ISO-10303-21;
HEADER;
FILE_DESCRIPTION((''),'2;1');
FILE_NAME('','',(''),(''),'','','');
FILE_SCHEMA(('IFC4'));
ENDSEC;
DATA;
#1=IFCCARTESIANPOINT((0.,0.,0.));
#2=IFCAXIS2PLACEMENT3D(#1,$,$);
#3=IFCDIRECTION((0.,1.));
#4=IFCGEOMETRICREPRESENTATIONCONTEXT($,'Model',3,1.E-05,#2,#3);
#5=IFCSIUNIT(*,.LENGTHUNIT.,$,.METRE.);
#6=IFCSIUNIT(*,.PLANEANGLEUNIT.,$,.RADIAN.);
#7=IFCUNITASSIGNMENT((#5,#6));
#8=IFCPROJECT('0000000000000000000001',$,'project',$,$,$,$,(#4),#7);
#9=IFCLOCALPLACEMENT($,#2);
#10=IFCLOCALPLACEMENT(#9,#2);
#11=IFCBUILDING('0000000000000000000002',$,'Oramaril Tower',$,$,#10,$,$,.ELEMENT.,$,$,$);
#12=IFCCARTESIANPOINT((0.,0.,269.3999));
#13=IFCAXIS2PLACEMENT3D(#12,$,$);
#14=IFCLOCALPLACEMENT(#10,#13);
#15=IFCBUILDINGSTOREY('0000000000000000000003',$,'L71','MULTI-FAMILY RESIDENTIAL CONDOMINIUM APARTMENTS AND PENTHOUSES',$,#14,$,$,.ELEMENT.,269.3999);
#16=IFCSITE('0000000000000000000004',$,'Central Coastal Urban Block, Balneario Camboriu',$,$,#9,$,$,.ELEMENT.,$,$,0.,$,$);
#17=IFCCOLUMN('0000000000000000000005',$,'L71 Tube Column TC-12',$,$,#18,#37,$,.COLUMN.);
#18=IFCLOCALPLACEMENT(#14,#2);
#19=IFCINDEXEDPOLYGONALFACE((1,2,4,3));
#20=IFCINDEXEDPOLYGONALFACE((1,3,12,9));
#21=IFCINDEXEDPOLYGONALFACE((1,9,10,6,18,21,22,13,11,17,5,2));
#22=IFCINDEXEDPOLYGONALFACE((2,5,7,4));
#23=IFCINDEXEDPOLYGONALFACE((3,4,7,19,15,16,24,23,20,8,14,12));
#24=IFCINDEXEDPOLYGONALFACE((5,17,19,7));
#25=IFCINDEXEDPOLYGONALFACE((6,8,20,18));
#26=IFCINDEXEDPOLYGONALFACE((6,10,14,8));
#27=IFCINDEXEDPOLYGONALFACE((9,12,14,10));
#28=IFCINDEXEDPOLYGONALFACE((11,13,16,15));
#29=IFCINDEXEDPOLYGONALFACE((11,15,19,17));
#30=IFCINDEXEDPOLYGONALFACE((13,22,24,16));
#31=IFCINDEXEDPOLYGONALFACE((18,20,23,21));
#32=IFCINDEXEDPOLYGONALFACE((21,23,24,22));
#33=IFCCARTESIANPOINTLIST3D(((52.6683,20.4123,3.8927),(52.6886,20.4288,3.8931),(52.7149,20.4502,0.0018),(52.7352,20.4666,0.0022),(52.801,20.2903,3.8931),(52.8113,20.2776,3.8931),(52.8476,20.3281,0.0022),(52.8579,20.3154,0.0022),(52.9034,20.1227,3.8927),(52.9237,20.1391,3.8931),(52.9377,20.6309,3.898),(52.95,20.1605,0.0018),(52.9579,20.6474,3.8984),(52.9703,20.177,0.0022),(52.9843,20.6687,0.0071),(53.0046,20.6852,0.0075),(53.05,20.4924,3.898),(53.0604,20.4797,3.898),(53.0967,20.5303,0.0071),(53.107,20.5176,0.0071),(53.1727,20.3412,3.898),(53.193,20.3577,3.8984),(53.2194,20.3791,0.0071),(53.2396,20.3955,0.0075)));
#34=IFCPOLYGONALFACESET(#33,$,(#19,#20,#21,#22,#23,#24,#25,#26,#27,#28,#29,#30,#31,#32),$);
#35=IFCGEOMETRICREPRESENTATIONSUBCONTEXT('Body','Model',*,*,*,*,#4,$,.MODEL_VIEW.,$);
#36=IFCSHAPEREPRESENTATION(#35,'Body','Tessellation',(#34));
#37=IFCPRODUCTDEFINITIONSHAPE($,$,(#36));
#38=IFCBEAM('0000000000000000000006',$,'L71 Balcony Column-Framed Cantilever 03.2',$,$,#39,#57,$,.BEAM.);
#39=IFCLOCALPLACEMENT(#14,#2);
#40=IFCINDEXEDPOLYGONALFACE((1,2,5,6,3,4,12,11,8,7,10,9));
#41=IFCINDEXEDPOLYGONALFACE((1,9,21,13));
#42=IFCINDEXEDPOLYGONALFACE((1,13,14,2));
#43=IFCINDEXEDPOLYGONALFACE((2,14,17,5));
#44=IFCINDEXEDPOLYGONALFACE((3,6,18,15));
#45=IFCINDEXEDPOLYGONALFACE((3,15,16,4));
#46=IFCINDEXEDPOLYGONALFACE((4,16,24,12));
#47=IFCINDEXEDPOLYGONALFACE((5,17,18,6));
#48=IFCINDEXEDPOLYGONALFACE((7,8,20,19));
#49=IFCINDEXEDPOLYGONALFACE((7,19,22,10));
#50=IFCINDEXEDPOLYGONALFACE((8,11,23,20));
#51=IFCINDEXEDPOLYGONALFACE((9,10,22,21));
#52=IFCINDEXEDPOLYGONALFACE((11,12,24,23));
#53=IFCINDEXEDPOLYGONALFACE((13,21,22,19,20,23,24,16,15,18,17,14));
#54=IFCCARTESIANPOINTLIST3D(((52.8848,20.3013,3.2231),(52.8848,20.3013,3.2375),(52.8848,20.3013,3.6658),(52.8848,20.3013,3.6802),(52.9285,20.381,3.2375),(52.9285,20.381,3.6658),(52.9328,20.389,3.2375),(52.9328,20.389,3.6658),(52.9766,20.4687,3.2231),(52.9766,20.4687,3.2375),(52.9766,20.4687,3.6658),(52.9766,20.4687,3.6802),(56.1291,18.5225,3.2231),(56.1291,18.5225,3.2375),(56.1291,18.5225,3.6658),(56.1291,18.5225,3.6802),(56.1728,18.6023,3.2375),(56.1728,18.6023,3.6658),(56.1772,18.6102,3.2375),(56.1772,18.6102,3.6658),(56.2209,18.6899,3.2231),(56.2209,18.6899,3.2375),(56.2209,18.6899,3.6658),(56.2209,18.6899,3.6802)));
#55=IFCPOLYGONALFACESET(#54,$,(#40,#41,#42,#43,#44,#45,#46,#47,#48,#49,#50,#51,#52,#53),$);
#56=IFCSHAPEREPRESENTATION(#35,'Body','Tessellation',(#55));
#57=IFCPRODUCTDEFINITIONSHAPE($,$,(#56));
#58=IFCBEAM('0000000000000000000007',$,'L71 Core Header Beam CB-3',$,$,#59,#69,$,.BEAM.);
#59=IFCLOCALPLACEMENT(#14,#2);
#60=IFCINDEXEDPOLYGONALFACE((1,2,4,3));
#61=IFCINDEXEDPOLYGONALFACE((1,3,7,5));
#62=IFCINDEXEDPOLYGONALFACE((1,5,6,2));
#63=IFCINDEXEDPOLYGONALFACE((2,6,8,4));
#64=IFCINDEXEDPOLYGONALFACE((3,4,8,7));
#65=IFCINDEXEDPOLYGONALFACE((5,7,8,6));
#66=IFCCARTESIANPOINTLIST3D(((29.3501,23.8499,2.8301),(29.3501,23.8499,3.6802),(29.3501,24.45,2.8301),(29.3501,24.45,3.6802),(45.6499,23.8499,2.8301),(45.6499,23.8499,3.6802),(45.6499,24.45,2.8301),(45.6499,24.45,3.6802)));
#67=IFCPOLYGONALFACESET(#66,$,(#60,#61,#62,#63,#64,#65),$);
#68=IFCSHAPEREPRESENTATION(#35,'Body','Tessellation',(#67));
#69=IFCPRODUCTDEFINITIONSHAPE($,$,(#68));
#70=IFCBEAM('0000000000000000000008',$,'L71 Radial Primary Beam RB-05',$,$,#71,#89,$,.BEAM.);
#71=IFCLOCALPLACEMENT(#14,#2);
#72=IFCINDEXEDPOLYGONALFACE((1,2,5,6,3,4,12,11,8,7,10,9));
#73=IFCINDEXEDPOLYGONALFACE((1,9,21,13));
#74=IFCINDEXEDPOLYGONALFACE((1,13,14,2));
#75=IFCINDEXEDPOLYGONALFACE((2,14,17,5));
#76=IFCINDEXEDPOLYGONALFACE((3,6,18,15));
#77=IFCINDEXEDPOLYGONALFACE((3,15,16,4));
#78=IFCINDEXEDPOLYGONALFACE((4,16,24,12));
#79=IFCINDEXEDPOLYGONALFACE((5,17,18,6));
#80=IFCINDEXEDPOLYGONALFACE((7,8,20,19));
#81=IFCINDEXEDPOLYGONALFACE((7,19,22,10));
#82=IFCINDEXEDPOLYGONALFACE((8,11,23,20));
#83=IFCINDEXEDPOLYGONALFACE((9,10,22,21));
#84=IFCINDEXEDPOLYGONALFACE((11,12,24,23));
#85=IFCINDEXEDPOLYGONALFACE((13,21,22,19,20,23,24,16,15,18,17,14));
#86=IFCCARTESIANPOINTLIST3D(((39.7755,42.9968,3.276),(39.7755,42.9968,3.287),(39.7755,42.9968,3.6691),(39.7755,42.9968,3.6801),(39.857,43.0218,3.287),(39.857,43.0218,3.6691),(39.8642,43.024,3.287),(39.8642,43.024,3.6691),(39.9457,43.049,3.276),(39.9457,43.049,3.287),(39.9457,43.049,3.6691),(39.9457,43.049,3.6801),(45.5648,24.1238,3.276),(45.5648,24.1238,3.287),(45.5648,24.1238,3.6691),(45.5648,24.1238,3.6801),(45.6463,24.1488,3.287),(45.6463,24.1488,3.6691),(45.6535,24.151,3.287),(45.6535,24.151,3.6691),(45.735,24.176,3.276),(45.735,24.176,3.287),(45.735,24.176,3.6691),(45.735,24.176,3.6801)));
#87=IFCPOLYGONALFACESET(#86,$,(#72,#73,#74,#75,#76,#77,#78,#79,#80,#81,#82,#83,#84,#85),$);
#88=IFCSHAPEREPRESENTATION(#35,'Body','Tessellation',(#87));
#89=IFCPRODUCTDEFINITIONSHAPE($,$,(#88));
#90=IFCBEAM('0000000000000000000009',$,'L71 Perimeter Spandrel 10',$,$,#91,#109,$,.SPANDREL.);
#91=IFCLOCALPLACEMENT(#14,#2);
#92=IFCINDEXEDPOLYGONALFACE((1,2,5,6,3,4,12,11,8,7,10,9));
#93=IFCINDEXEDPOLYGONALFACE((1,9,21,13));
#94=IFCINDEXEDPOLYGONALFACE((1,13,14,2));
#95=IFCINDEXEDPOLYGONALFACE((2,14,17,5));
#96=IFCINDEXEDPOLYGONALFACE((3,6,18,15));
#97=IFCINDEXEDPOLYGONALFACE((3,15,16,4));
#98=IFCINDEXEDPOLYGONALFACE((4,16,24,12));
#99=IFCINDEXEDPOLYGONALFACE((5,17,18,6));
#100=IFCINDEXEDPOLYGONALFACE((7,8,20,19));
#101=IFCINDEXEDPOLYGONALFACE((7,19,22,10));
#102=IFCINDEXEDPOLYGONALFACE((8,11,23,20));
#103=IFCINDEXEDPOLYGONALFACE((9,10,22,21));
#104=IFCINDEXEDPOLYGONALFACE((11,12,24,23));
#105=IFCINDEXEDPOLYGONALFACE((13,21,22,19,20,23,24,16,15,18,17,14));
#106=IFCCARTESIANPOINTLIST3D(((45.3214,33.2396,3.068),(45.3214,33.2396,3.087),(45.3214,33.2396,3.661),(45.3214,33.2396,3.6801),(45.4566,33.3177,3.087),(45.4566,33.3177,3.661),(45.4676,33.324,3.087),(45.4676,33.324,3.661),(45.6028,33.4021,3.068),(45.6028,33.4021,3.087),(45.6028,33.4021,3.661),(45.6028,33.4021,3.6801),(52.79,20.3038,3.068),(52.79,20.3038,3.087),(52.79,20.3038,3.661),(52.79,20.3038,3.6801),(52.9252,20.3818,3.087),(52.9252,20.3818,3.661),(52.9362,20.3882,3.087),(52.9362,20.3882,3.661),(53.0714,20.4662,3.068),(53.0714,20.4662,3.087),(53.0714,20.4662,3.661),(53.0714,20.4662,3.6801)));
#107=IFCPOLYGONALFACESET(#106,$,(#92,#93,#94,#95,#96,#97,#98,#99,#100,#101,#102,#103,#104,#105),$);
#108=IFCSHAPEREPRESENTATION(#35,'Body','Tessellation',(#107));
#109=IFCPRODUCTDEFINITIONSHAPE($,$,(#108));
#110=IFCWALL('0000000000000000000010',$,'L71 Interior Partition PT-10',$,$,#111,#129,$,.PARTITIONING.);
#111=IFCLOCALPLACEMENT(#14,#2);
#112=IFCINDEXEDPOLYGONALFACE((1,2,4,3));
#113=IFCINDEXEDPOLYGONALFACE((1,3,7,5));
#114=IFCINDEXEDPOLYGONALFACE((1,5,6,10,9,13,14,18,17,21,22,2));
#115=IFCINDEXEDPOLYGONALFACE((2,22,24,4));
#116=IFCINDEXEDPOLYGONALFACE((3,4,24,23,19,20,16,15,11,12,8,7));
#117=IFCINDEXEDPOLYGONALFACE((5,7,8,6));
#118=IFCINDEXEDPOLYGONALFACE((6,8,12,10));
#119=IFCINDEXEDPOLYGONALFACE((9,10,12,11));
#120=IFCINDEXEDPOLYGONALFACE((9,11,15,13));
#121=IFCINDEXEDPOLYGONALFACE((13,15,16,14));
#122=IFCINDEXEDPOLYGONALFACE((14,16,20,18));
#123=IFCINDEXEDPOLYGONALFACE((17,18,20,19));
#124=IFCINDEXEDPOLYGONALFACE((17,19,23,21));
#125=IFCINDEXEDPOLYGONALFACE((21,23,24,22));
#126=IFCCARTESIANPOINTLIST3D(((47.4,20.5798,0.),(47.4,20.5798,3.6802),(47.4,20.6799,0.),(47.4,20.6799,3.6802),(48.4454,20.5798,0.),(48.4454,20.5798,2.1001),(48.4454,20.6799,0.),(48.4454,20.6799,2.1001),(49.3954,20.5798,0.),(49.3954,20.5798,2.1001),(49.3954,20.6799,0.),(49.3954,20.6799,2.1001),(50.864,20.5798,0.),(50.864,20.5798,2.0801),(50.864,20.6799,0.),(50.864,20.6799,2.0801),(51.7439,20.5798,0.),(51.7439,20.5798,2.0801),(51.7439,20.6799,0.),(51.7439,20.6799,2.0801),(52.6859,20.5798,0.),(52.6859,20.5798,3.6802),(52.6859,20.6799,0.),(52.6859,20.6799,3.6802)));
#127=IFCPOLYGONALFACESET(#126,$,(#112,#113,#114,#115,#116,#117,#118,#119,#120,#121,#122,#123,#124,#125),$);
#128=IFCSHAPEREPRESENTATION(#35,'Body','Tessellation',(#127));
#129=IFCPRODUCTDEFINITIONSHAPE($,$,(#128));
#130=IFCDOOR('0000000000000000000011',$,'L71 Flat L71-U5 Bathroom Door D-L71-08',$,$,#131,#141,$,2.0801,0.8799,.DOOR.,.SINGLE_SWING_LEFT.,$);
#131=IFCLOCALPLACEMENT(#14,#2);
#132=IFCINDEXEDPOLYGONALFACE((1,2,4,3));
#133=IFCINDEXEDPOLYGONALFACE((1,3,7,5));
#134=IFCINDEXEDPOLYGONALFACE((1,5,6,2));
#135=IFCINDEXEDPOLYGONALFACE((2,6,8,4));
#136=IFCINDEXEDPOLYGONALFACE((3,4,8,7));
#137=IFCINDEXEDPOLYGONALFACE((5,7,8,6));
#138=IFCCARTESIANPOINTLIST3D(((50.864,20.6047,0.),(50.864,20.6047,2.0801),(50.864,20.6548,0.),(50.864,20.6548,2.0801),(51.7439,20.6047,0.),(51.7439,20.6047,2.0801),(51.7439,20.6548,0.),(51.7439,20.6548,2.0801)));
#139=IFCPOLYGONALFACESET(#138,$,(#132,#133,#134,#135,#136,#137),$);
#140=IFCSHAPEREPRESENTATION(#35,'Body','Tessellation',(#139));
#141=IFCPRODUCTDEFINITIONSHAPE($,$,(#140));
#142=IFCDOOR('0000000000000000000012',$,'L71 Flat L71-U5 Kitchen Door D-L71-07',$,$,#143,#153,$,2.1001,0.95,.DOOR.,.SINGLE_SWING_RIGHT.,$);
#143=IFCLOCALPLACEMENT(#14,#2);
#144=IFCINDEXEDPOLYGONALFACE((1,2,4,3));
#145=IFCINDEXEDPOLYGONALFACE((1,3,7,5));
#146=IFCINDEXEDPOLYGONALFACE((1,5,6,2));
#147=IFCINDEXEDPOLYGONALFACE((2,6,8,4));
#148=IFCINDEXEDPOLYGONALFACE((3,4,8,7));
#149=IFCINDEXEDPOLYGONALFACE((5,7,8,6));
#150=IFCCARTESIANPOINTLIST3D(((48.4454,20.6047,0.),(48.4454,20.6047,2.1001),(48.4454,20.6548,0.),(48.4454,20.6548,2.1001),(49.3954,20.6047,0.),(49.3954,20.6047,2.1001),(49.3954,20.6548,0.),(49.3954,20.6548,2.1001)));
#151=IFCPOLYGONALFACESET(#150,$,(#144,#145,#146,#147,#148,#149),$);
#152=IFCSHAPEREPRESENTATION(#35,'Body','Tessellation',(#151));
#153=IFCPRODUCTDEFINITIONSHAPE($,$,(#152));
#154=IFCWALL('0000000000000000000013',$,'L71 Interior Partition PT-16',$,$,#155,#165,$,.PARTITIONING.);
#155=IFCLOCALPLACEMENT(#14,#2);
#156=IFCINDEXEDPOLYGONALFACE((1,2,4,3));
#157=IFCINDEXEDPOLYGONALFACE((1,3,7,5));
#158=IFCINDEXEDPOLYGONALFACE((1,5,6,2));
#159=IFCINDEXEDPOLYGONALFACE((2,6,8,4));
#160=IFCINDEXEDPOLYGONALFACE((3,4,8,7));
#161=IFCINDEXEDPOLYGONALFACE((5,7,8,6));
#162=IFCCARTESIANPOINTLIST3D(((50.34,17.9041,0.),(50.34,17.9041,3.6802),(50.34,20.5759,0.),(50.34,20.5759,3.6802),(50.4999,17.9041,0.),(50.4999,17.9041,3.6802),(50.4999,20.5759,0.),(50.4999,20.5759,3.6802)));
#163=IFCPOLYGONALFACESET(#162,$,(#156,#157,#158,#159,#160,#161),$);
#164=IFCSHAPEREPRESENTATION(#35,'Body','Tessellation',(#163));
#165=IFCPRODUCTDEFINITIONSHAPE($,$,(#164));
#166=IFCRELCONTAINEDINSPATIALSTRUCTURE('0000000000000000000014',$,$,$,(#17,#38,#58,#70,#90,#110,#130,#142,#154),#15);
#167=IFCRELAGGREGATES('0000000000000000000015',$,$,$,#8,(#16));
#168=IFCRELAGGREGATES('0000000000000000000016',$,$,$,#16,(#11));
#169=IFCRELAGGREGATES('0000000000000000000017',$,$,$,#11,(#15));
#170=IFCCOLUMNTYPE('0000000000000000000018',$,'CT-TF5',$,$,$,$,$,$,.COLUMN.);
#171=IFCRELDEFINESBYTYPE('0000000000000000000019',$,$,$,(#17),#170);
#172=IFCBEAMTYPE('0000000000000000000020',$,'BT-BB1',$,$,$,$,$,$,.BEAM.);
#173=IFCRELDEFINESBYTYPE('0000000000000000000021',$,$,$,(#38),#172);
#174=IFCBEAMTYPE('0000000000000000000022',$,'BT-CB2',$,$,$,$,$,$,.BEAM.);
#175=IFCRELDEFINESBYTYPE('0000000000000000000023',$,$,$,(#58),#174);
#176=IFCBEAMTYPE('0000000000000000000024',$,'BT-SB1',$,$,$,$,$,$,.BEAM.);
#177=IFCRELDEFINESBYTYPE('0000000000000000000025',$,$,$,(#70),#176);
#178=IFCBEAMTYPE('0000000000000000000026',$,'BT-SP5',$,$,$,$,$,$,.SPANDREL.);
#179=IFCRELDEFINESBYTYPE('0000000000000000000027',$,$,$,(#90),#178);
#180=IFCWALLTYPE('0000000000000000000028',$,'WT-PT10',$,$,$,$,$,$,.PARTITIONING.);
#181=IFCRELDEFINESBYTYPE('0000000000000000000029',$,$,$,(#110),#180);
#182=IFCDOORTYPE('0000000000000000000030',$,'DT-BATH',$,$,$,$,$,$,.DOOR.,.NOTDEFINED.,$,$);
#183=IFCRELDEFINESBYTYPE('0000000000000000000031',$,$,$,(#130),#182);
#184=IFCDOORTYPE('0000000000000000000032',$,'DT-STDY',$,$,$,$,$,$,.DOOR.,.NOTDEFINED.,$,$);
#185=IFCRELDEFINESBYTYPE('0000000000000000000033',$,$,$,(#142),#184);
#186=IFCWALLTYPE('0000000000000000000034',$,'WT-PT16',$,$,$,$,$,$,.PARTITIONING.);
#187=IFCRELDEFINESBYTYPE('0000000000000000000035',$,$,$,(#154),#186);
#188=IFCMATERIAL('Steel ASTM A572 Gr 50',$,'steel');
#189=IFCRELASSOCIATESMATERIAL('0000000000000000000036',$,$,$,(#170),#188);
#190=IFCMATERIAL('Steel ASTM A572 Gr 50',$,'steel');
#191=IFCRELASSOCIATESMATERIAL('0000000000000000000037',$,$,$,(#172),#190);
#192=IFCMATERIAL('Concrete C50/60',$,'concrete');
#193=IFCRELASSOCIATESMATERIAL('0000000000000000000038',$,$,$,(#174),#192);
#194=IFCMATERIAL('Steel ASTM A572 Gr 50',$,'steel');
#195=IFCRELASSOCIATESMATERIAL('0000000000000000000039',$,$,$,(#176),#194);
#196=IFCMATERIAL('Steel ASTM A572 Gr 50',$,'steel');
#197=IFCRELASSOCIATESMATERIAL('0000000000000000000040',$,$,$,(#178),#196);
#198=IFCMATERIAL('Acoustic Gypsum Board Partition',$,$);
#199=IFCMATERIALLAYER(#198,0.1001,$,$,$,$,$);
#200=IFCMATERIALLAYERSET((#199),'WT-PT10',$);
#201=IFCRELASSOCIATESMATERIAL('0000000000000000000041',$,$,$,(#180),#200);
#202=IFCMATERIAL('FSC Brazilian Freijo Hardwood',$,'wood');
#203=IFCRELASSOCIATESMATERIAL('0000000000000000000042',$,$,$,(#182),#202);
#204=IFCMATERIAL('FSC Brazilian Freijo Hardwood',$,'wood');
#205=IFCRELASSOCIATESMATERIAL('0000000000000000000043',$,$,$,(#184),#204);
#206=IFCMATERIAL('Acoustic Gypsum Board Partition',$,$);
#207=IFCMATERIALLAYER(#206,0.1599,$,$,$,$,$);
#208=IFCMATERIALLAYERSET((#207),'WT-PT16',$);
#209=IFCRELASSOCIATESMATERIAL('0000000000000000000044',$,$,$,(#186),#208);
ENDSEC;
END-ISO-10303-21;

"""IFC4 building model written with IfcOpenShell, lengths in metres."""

from ifc_helpers import new_model, si_unit, direction, frame, frame_2d, origin, origin_2d, place, context, subcontext, project, spatial, rectangle, i_section, extrude, material, layer, layer_set, material_profile, profile_set, type_object, element, fill, save


model = new_model("IFC4")

# Units and contexts
model_context = context("Model", 3, precision=1e-05, world=origin(), true_north=direction((0.0, 1.0)))
body_context = subcontext(model_context, "Body", "Model", "MODEL_VIEW")
ifc_project = project(units=[si_unit("LENGTHUNIT", "METRE"), si_unit("PLANEANGLEUNIT", "RADIAN")], contexts=[model_context])

# Site, building, storey
site_placement = place(None, origin())
site = spatial("IfcSite", under=ifc_project, at=site_placement, Name="Central Coastal Urban Block, Balneario Camboriu", CompositionType="ELEMENT", RefElevation=0.0)
building_placement = place(site_placement, origin())
building = spatial("IfcBuilding", under=site, at=building_placement, Name="Oramaril Tower", CompositionType="ELEMENT")
storey_placement = place(building_placement, frame((0.0, 0.0, 269.3999)))
storey = spatial("IfcBuildingStorey", under=building, at=storey_placement, Name="L71", Description="MULTI-FAMILY RESIDENTIAL CONDOMINIUM APARTMENTS AND PENTHOUSES", CompositionType="ELEMENT", Elevation=269.3999)

# Column
ifc_material_1 = material(Name="Steel ASTM A572 Gr 50", Category="steel")
ifc_material_profile_1 = material_profile(ifc_material_1, i_section(OverallWidth=0.373, OverallDepth=0.373, WebThickness=0.0164, FlangeThickness=0.0261, at=origin_2d()), Name="W14X132")
ifc_profile_set_1 = profile_set([ifc_material_profile_1], Name="Steel ASTM A572 Gr 50")
column_type = type_object("IfcColumnType", Name="CT-TF5", PredefinedType="COLUMN", material=ifc_profile_set_1)
column_placement = place(storey_placement, frame((52.9773, 20.4229, 0.0046), z_axis=(-0.011983, -0.009725, 0.999881), x_axis=(0.630133, -0.776487, 0.0)))
element("IfcColumn", 1, at=column_placement, inside=storey, type_object=column_type, Name="L71 Tube Column TC-12", PredefinedType="COLUMN", context=body_context, shape_type="SweptSolid", body=[
    extrude(i_section(OverallWidth=0.373, OverallDepth=0.373, WebThickness=0.0164, FlangeThickness=0.0261, at=origin_2d()), origin(), (0.0, 0.0, 1.0), 3.8914),
])

# Beams
ifc_material_2 = material(Name="Steel ASTM A572 Gr 50", Category="steel")
ifc_material_profile_2 = material_profile(ifc_material_2, i_section(OverallWidth=0.1909, OverallDepth=0.457, WebThickness=0.009, FlangeThickness=0.0144, at=origin_2d()), Name="W18X50")
ifc_profile_set_2 = profile_set([ifc_material_profile_2], Name="Steel ASTM A572 Gr 50")
beam_type_1 = type_object("IfcBeamType", Name="BT-BB1", PredefinedType="BEAM", material=ifc_profile_set_2)
beam_1_placement = place(storey_placement, frame((52.9307, 20.385, 3.4517), z_axis=(0.876855, -0.480756, 0.0), x_axis=(0.480756, 0.876855, 0.0)))
element("IfcBeam", 2, at=beam_1_placement, inside=storey, type_object=beam_type_1, Name="L71 Balcony Column-Framed Cantilever 03.2", PredefinedType="BEAM", context=body_context, shape_type="SweptSolid", body=[
    extrude(i_section(OverallWidth=0.1909, OverallDepth=0.457, WebThickness=0.009, FlangeThickness=0.0144, at=origin_2d()), origin(), (0.0, 0.0, 1.0), 3.7),
])
ifc_material_3 = material(Name="Concrete C50/60", Category="concrete")
ifc_material_profile_3 = material_profile(ifc_material_3, rectangle(XDim=0.6001, YDim=0.8501, at=origin_2d()), Name="CB600X850")
ifc_profile_set_3 = profile_set([ifc_material_profile_3], Name="Concrete C50/60")
beam_type_2 = type_object("IfcBeamType", Name="BT-CB2", PredefinedType="BEAM", material=ifc_profile_set_3)
beam_2_placement = place(storey_placement, frame((45.6499, 24.1499, 3.2551), z_axis=(-1.0, 0.0, 0.0), x_axis=(0.0, -1.0, 0.0)))
element("IfcBeam", 3, at=beam_2_placement, inside=storey, type_object=beam_type_2, Name="L71 Core Header Beam CB-3", PredefinedType="BEAM", context=body_context, shape_type="SweptSolid", body=[
    extrude(rectangle(XDim=0.6001, YDim=0.8501, at=origin_2d()), origin(), (0.0, 0.0, 1.0), 16.2998),
])
ifc_material_4 = material(Name="Steel ASTM A572 Gr 50", Category="steel")
ifc_material_profile_4 = material_profile(ifc_material_4, i_section(OverallWidth=0.178, OverallDepth=0.4041, WebThickness=0.0076, FlangeThickness=0.011, at=origin_2d()), Name="W16X36")
ifc_profile_set_4 = profile_set([ifc_material_profile_4], Name="Steel ASTM A572 Gr 50")
beam_type_3 = type_object("IfcBeamType", Name="BT-SB1", PredefinedType="BEAM", material=ifc_profile_set_4)
beam_3_placement = place(storey_placement, frame((45.6499, 24.1499, 3.478), z_axis=(-0.293263, 0.956032, 0.0), x_axis=(-0.956032, -0.293263, 0.0)))
element("IfcBeam", 4, at=beam_3_placement, inside=storey, type_object=beam_type_3, Name="L71 Radial Primary Beam RB-05", PredefinedType="BEAM", context=body_context, shape_type="SweptSolid", body=[
    extrude(i_section(OverallWidth=0.178, OverallDepth=0.4041, WebThickness=0.0076, FlangeThickness=0.011, at=origin_2d()), origin(), (0.0, 0.0, 1.0), 19.741),
])
ifc_material_5 = material(Name="Steel ASTM A572 Gr 50", Category="steel")
ifc_material_profile_5 = material_profile(ifc_material_5, i_section(OverallWidth=0.325, OverallDepth=0.6121, WebThickness=0.0127, FlangeThickness=0.019, at=origin_2d()), Name="W24X104")
ifc_profile_set_5 = profile_set([ifc_material_profile_5], Name="Steel ASTM A572 Gr 50")
beam_type_4 = type_object("IfcBeamType", Name="BT-SP5", PredefinedType="SPANDREL", material=ifc_profile_set_5)
beam_4_placement = place(storey_placement, frame((52.9307, 20.385, 3.374), z_axis=(-0.500001, 0.866025, 0.0), x_axis=(-0.866025, -0.500001, 0.0)))
element("IfcBeam", 5, at=beam_4_placement, inside=storey, type_object=beam_type_4, Name="L71 Perimeter Spandrel 10", PredefinedType="SPANDREL", context=body_context, shape_type="SweptSolid", body=[
    extrude(i_section(OverallWidth=0.325, OverallDepth=0.6121, WebThickness=0.0127, FlangeThickness=0.019, at=origin_2d()), origin(), (0.0, 0.0, 1.0), 14.937),
])

# Wall, openings, doors
ifc_material_6 = material(Name="Acoustic Gypsum Board Partition")
ifc_layer_1 = layer(ifc_material_6, 0.1001)
ifc_layer_set_1 = layer_set([ifc_layer_1], Name="WT-PT10")
wall_type_1 = type_object("IfcWallType", Name="WT-PT10", PredefinedType="PARTITIONING", material=ifc_layer_set_1)
wall_1_placement = place(storey_placement, frame((47.3999, 20.6299, 0.0), z_axis=(0.0, 0.0, 1.0), x_axis=(1.0, 0.0, 0.0)))
wall_1 = element("IfcWall", 6, at=wall_1_placement, inside=storey, type_object=wall_type_1, Name="L71 Interior Partition PT-10", PredefinedType="PARTITIONING", context=body_context, shape_type="SweptSolid", body=[
    extrude(rectangle(XDim=5.2859, YDim=0.1001, at=frame_2d((2.6431, 0.0))), origin(), (0.0, 0.0, 1.0), 3.6802),
])
opening_1_placement = place(wall_1_placement, frame((1.0454, 0.0, 0.0)))
opening_1 = element("IfcOpeningElement", 7, at=opening_1_placement, cuts=wall_1, PredefinedType="OPENING", context=body_context, shape_type="SweptSolid", body=[
    extrude(rectangle(XDim=0.95, YDim=2.1001, at=frame_2d((0.4751, 1.05))), frame((0.0, 0.05, 0.0), z_axis=(0.0, -1.0, 0.0), x_axis=(1.0, 0.0, 0.0)), (0.0, 0.0, 1.0), 0.1001),
])
opening_2_placement = place(wall_1_placement, frame((3.4641, 0.0, 0.0)))
opening_2 = element("IfcOpeningElement", 8, at=opening_2_placement, cuts=wall_1, PredefinedType="OPENING", context=body_context, shape_type="SweptSolid", body=[
    extrude(rectangle(XDim=0.8799, YDim=2.0801, at=frame_2d((0.4399, 1.04))), frame((0.0, 0.05, 0.0), z_axis=(0.0, -1.0, 0.0), x_axis=(1.0, 0.0, 0.0)), (0.0, 0.0, 1.0), 0.1001),
])
ifc_material_7 = material(Name="FSC Brazilian Freijo Hardwood", Category="wood")
door_type_1 = type_object("IfcDoorType", Name="DT-BATH", OperationType="NOTDEFINED", PredefinedType="DOOR", material=ifc_material_7)
door_1_placement = place(opening_2_placement, origin())
door_1 = element("IfcDoor", 9, at=door_1_placement, inside=storey, type_object=door_type_1, Name="L71 Flat L71-U5 Bathroom Door D-L71-08", OperationType="SINGLE_SWING_LEFT", OverallHeight=2.0801, OverallWidth=0.8799, PredefinedType="DOOR", context=body_context, shape_type="SweptSolid", body=[
    extrude(rectangle(XDim=0.8799, YDim=2.0801, at=frame_2d((0.4399, 1.04))), frame((0.0, 0.0249, 0.0), z_axis=(0.0, -1.0, 0.0), x_axis=(1.0, 0.0, 0.0)), (0.0, 0.0, 1.0), 0.05),
])
fill(opening_2, door_1)
ifc_material_8 = material(Name="FSC Brazilian Freijo Hardwood", Category="wood")
door_type_2 = type_object("IfcDoorType", Name="DT-STDY", OperationType="NOTDEFINED", PredefinedType="DOOR", material=ifc_material_8)
door_2_placement = place(opening_1_placement, origin())
door_2 = element("IfcDoor", 10, at=door_2_placement, inside=storey, type_object=door_type_2, Name="L71 Flat L71-U5 Kitchen Door D-L71-07", OperationType="SINGLE_SWING_RIGHT", OverallHeight=2.1001, OverallWidth=0.95, PredefinedType="DOOR", context=body_context, shape_type="SweptSolid", body=[
    extrude(rectangle(XDim=0.95, YDim=2.1001, at=frame_2d((0.4751, 1.05))), frame((0.0, 0.0249, 0.0), z_axis=(0.0, -1.0, 0.0), x_axis=(1.0, 0.0, 0.0)), (0.0, 0.0, 1.0), 0.05),
])
fill(opening_1, door_2)

# Wall
ifc_material_9 = material(Name="Acoustic Gypsum Board Partition")
ifc_layer_2 = layer(ifc_material_9, 0.1599)
ifc_layer_set_2 = layer_set([ifc_layer_2], Name="WT-PT16")
wall_type_2 = type_object("IfcWallType", Name="WT-PT16", PredefinedType="PARTITIONING", material=ifc_layer_set_2)
wall_2_placement = place(storey_placement, frame((50.4199, 17.9041, 0.0), z_axis=(0.0, 0.0, 1.0), x_axis=(0.0, 1.0, 0.0)))
element("IfcWall", 11, at=wall_2_placement, inside=storey, type_object=wall_type_2, Name="L71 Interior Partition PT-16", PredefinedType="PARTITIONING", context=body_context, shape_type="SweptSolid", body=[
    extrude(rectangle(XDim=2.6719, YDim=0.1599, at=frame_2d((1.3359, 0.0))), origin(), (0.0, 0.0, 1.0), 3.6802),
])

save(model, "model.ifc")
